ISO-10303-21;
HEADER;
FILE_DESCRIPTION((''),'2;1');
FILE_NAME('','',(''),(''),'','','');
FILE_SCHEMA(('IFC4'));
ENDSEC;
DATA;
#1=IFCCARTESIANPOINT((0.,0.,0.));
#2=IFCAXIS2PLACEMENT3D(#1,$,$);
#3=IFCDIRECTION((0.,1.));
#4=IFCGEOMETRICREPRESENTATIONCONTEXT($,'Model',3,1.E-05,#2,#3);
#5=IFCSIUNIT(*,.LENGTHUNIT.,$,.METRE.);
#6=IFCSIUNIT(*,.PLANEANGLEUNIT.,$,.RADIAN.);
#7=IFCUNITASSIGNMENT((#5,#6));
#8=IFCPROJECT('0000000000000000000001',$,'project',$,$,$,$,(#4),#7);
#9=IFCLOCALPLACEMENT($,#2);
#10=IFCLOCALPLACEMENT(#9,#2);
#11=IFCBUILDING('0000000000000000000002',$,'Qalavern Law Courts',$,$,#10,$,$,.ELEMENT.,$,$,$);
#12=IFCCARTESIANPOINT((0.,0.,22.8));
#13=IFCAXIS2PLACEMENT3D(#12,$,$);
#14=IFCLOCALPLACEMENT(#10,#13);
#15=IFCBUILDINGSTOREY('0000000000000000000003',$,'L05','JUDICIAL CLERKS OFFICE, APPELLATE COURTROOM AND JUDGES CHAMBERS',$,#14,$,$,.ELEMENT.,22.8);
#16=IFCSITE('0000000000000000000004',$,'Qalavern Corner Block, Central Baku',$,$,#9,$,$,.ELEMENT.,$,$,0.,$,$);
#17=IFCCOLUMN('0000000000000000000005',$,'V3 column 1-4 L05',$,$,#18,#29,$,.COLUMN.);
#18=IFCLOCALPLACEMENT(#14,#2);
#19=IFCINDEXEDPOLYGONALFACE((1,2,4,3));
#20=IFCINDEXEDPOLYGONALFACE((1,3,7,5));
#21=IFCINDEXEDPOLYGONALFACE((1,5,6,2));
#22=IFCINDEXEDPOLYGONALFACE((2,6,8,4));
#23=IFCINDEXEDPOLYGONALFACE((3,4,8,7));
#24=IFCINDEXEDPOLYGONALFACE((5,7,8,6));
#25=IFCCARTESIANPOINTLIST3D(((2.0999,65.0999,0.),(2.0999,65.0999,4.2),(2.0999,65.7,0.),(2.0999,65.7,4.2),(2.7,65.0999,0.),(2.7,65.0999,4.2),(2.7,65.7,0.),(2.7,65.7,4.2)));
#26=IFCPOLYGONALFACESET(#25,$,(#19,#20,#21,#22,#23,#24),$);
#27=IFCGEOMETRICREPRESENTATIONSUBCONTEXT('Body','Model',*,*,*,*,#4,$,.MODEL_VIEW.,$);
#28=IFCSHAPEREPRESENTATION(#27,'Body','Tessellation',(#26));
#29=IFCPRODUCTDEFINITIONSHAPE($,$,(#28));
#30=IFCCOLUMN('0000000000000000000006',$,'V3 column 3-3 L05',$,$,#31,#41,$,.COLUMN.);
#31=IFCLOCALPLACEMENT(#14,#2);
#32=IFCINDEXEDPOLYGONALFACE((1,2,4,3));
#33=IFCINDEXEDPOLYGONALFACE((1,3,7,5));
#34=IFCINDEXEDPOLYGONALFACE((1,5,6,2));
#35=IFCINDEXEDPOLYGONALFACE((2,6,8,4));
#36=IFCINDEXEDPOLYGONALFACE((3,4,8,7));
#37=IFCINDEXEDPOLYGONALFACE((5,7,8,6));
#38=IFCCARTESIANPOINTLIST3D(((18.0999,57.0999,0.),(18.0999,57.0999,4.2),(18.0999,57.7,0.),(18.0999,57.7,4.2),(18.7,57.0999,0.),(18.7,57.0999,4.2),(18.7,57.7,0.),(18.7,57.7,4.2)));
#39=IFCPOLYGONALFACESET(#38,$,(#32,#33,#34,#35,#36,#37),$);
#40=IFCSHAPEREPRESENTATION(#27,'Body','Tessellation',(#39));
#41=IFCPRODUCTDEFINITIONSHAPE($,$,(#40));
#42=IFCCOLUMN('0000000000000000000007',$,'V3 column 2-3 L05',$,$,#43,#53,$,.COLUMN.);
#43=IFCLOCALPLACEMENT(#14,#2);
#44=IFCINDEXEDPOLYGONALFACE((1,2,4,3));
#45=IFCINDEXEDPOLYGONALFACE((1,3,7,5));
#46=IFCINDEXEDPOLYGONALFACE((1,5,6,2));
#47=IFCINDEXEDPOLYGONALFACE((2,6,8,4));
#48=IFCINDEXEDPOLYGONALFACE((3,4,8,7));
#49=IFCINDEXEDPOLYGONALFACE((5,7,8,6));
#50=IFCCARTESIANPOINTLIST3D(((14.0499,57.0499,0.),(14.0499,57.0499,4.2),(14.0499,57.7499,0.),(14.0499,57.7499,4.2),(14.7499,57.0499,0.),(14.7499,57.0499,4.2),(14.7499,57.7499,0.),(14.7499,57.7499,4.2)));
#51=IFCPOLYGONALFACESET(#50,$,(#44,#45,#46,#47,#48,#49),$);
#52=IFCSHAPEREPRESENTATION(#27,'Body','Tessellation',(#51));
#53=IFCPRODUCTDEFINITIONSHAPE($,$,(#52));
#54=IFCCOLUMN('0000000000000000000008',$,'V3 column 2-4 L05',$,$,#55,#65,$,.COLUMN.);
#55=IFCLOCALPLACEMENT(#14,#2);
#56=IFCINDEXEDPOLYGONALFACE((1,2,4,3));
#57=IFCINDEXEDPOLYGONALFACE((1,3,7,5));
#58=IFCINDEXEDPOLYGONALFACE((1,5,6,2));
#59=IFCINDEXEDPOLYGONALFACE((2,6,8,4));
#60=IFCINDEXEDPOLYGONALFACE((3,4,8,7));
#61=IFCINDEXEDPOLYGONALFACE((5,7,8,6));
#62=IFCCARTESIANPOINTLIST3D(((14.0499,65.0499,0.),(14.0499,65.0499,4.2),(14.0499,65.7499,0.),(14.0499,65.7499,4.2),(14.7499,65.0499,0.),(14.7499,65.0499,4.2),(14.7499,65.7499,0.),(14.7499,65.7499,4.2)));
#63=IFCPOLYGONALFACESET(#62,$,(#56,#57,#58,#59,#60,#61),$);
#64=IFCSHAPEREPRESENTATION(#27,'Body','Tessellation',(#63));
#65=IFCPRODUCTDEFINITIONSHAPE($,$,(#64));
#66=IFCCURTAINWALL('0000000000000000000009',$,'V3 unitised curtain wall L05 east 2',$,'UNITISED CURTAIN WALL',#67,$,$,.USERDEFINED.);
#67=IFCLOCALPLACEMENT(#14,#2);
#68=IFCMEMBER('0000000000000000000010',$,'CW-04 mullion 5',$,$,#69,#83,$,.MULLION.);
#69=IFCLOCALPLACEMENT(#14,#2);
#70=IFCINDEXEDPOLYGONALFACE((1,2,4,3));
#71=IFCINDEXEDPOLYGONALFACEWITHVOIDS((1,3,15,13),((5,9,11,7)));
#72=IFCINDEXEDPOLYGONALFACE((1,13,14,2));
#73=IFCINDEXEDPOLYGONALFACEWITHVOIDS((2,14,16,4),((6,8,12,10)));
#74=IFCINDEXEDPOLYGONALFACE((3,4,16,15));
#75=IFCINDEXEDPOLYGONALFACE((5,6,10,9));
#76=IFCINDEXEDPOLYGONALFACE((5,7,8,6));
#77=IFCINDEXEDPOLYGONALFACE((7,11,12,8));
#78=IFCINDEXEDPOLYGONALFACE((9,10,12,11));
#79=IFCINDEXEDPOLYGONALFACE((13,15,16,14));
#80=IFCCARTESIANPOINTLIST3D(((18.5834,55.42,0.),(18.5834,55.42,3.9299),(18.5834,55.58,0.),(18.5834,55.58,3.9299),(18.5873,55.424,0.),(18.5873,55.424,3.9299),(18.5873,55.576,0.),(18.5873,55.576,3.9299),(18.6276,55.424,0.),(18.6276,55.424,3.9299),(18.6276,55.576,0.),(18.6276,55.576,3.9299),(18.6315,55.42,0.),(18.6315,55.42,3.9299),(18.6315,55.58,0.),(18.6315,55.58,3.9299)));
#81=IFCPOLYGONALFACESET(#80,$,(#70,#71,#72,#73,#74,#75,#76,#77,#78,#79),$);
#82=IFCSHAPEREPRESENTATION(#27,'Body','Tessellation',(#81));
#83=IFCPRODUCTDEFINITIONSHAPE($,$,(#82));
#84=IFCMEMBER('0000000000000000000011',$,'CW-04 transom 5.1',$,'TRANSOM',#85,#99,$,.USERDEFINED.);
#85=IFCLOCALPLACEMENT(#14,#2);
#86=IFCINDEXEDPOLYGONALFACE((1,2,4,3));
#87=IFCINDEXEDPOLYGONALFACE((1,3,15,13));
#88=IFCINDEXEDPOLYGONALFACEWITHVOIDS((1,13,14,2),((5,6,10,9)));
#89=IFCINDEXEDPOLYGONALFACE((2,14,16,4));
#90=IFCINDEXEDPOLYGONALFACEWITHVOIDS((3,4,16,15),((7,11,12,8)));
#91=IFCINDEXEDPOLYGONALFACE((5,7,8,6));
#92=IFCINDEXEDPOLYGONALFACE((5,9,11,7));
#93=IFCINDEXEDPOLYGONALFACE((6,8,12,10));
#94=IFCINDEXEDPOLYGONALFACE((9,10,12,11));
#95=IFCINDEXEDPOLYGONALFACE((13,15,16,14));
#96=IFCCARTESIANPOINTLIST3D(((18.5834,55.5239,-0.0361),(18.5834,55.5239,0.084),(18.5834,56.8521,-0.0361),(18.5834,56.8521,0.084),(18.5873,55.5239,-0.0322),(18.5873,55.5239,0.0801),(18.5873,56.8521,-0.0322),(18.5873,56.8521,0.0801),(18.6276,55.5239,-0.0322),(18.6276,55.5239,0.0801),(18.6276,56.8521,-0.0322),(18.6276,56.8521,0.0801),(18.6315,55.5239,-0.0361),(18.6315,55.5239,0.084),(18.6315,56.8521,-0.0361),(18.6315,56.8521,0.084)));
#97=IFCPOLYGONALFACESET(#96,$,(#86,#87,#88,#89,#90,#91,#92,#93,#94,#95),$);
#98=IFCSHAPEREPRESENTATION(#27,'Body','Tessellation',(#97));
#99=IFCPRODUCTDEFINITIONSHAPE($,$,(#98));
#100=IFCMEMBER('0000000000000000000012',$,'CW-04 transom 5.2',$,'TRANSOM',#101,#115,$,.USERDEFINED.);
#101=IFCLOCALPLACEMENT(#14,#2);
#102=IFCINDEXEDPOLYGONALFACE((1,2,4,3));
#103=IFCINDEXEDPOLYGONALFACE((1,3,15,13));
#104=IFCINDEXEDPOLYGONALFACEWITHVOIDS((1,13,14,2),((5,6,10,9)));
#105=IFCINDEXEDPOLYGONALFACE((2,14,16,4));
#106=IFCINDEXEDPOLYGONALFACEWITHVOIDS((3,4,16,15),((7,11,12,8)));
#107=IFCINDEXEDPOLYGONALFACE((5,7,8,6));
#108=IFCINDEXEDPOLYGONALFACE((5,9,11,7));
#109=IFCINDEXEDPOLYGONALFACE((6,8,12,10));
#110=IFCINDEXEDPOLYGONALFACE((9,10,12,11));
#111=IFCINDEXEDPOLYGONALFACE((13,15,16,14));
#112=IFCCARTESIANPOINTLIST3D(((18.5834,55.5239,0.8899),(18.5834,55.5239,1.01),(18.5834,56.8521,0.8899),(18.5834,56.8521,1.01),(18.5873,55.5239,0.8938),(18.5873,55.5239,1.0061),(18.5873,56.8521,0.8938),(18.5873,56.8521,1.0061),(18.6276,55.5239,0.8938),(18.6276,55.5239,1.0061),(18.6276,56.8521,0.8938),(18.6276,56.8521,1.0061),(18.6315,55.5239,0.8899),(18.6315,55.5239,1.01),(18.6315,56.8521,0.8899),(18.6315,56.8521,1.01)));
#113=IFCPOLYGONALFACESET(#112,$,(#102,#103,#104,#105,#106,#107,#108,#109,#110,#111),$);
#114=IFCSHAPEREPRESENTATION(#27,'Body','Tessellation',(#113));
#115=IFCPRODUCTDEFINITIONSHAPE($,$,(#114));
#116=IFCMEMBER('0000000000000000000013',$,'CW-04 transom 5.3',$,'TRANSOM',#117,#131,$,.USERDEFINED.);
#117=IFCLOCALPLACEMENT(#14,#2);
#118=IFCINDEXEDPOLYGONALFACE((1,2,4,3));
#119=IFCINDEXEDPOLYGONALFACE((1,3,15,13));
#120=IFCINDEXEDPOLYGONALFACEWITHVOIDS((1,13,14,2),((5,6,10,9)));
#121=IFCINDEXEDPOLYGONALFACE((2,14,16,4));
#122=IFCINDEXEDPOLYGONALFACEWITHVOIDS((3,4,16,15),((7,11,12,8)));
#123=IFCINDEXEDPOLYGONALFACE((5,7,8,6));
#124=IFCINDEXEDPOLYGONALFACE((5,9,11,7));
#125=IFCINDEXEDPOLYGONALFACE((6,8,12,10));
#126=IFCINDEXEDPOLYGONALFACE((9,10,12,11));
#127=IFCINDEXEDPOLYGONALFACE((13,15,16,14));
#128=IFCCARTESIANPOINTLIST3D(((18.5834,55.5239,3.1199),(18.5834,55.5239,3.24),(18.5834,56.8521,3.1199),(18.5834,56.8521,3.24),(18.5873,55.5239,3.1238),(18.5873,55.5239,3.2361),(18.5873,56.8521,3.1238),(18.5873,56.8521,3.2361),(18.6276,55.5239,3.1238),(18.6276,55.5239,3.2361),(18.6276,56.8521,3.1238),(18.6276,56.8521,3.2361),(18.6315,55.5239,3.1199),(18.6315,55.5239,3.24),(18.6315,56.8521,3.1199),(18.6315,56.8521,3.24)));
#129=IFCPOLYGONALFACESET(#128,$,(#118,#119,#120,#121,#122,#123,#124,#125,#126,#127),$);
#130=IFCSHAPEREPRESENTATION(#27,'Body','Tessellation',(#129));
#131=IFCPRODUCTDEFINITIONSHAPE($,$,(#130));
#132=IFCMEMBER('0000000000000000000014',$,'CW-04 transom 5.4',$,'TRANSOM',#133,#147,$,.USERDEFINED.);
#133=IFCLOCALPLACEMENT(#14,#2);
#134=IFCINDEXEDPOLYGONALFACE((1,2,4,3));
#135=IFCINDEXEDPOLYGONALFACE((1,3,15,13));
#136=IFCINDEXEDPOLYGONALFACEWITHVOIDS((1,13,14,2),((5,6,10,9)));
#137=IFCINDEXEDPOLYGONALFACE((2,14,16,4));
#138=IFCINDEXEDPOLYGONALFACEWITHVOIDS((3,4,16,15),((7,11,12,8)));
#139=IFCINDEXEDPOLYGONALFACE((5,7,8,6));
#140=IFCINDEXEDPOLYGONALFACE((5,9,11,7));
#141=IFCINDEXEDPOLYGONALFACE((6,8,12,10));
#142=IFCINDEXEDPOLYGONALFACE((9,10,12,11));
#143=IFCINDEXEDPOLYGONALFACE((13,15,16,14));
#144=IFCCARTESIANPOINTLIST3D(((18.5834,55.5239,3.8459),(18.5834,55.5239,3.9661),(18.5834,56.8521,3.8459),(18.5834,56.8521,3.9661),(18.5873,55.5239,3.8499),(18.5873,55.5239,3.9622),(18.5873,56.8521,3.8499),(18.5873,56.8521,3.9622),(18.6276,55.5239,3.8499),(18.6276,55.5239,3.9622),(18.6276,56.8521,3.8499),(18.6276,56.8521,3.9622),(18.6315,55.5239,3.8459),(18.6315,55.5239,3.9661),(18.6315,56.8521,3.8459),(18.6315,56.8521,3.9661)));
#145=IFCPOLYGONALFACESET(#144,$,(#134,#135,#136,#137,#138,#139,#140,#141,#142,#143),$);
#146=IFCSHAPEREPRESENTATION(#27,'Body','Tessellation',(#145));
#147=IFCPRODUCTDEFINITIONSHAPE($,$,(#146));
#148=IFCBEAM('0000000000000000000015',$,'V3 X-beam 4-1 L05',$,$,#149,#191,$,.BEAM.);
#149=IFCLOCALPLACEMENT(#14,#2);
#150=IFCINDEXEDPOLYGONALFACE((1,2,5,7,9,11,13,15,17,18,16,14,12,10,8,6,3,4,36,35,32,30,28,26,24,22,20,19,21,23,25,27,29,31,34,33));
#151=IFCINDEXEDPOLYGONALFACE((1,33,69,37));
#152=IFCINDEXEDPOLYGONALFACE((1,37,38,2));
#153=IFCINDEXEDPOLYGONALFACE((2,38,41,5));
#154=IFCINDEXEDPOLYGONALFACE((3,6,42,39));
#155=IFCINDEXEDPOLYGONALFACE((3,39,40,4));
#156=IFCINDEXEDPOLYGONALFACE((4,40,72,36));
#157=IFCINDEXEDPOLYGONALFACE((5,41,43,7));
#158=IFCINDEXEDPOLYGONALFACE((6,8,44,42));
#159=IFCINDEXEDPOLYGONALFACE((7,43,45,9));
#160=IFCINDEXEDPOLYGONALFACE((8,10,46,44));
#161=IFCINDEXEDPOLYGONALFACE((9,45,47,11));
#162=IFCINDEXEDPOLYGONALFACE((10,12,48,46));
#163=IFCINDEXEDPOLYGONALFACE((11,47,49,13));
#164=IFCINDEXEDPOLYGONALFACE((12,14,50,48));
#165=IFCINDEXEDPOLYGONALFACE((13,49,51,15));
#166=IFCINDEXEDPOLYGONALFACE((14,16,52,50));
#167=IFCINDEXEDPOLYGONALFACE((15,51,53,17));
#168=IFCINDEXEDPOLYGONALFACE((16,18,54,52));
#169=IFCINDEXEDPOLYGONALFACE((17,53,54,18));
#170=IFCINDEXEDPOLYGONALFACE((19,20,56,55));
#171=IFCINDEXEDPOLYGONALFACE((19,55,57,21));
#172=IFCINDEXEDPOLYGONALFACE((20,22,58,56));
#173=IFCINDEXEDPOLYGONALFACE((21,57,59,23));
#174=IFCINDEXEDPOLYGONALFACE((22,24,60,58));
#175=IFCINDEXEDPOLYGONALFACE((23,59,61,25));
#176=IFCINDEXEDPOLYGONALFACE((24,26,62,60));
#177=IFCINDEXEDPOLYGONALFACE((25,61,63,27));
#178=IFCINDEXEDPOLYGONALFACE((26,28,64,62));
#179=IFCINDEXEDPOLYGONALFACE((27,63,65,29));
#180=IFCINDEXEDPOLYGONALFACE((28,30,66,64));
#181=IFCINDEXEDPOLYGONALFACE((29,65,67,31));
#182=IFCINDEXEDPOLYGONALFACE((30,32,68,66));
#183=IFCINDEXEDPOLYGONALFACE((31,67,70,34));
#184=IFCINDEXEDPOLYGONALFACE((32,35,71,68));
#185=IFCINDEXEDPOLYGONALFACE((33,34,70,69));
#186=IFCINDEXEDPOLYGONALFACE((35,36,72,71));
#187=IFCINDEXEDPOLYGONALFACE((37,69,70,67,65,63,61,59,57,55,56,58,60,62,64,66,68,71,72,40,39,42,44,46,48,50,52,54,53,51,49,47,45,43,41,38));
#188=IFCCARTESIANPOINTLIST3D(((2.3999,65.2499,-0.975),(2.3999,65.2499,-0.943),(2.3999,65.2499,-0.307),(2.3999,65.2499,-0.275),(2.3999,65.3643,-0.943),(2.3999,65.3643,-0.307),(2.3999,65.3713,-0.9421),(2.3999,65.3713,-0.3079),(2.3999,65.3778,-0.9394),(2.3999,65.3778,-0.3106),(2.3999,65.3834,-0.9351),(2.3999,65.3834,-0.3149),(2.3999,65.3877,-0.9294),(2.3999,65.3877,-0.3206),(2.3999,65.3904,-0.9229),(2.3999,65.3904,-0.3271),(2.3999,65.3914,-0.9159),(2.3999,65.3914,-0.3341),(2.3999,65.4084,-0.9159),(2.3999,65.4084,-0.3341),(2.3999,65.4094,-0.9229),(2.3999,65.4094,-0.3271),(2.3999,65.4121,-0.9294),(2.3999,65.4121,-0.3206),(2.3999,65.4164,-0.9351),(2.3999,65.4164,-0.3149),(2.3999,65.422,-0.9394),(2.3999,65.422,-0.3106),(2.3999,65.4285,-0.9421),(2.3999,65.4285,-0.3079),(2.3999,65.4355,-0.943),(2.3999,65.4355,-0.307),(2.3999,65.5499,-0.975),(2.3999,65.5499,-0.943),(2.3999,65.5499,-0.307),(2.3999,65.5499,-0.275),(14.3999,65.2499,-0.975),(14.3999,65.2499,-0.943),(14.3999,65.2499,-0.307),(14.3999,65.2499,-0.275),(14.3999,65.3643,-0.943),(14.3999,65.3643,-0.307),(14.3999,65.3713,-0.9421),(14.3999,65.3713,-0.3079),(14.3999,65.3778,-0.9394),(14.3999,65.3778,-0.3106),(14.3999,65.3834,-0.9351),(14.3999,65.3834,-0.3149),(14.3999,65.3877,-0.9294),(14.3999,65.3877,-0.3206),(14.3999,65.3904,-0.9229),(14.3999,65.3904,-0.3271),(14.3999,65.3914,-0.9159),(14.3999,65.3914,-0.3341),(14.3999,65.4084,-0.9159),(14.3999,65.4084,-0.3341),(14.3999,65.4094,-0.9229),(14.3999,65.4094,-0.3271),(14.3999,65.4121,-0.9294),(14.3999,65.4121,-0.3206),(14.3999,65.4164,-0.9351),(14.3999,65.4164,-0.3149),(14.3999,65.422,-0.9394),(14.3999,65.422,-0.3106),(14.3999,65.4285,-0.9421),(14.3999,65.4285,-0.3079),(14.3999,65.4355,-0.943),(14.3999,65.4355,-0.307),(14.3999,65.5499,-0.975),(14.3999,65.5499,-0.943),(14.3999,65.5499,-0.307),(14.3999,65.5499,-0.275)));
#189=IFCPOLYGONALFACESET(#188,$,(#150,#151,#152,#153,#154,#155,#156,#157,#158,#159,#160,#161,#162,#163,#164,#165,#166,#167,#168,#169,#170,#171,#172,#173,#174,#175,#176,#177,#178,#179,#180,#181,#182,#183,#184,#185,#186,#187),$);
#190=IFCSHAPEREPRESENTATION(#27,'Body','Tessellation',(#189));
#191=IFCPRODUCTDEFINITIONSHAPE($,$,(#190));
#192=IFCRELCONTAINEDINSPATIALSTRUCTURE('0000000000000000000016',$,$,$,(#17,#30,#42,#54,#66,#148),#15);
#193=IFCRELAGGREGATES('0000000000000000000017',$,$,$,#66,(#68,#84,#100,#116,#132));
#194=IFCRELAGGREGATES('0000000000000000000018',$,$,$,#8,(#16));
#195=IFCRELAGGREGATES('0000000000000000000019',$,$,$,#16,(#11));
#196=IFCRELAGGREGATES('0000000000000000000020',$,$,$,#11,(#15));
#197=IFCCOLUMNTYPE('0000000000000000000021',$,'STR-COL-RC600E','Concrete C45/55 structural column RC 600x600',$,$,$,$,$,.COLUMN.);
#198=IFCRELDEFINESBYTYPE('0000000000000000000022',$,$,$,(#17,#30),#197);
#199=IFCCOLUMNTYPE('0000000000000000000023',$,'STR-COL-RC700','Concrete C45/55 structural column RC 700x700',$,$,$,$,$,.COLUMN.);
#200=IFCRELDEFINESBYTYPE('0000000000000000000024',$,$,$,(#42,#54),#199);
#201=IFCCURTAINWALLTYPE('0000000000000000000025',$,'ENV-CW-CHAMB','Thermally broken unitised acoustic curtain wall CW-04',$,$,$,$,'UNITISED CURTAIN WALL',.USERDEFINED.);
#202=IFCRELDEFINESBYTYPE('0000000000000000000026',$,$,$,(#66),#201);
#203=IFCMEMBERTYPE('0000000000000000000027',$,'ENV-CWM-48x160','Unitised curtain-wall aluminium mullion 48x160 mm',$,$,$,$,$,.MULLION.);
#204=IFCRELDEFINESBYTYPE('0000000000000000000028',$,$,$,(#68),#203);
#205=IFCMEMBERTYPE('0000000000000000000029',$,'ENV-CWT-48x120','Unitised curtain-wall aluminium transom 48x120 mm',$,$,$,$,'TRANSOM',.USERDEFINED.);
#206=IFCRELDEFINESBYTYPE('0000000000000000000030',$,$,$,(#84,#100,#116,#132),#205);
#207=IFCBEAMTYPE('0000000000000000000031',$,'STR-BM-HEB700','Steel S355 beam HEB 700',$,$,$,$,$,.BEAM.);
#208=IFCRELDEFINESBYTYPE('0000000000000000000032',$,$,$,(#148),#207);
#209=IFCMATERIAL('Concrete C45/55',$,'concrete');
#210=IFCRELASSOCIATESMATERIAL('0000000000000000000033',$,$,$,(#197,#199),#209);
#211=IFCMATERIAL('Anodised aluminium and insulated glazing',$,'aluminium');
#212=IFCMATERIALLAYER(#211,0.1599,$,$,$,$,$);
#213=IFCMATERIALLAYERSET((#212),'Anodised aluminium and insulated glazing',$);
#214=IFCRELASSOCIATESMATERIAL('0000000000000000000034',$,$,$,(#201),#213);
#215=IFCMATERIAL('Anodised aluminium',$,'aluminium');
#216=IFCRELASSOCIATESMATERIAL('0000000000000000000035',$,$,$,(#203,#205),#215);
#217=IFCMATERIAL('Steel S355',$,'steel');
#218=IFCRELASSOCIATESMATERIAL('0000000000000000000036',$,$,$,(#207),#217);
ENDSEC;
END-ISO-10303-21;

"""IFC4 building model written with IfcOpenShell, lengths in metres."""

from ifc_helpers import new_model, si_unit, direction, frame, origin, origin_2d, place, context, subcontext, project, spatial, rectangle, hollow_rectangle, i_section, extrude, material, layer, layer_set, material_profile, profile_set, type_object, element, aggregate, save


model = new_model("IFC4")

# Units and contexts
model_context = context("Model", 3, precision=1e-05, world=origin(), true_north=direction((0.0, 1.0)))
body_context = subcontext(model_context, "Body", "Model", "MODEL_VIEW")
ifc_project = project(units=[si_unit("LENGTHUNIT", "METRE"), si_unit("PLANEANGLEUNIT", "RADIAN")], contexts=[model_context])

# Site, building, storey
site_placement = place(None, origin())
site = spatial("IfcSite", under=ifc_project, at=site_placement, Name="Qalavern Corner Block, Central Baku", CompositionType="ELEMENT", RefElevation=0.0)
building_placement = place(site_placement, origin())
building = spatial("IfcBuilding", under=site, at=building_placement, Name="Qalavern Law Courts", CompositionType="ELEMENT")
storey_placement = place(building_placement, frame((0.0, 0.0, 22.8)))
storey = spatial("IfcBuildingStorey", under=building, at=storey_placement, Name="L05", Description="JUDICIAL CLERKS OFFICE, APPELLATE COURTROOM AND JUDGES CHAMBERS", CompositionType="ELEMENT", Elevation=22.8)

# Columns
ifc_material_1 = material(Name="Concrete C45/55", Category="concrete")
ifc_material_profile_1 = material_profile(ifc_material_1, rectangle(XDim=0.6001, YDim=0.6001, at=origin_2d()), Name="RC 600x600")
ifc_profile_set_1 = profile_set([ifc_material_profile_1], Name="Concrete C45/55")
column_type_1 = type_object("IfcColumnType", Name="STR-COL-RC600E", Description="Concrete C45/55 structural column RC 600x600", PredefinedType="COLUMN", material=ifc_profile_set_1)
for number, where, z_axis, x_axis, name in (
    (1, (2.3999, 65.3999, 0.0), (0.0, 0.0, 1.0), (1.0, 0.0, 0.0), "V3 column 1-4 L05"),
    (2, (18.3999, 57.3999, 0.0), (0.0, 0.0, 1.0), (1.0, 0.0, 0.0), "V3 column 3-3 L05"),
):
    element("IfcColumn", number, at=place(storey_placement, frame(where, z_axis=z_axis, x_axis=x_axis)), inside=storey, type_object=column_type_1, Name=name, PredefinedType="COLUMN", context=body_context, shape_type="SweptSolid", body=[
        extrude(rectangle(XDim=0.6001, YDim=0.6001, at=origin_2d()), origin(), (0.0, 0.0, 1.0), 4.2),
    ])
ifc_material_profile_2 = material_profile(ifc_material_1, rectangle(XDim=0.7, YDim=0.7, at=origin_2d()), Name="RC 700x700")
ifc_profile_set_2 = profile_set([ifc_material_profile_2], Name="Concrete C45/55")
column_type_2 = type_object("IfcColumnType", Name="STR-COL-RC700", Description="Concrete C45/55 structural column RC 700x700", PredefinedType="COLUMN", material=ifc_profile_set_2)
for number, where, z_axis, x_axis, name in (
    (3, (14.3999, 57.3999, 0.0), (0.0, 0.0, 1.0), (1.0, 0.0, 0.0), "V3 column 2-3 L05"),
    (4, (14.3999, 65.3999, 0.0), (0.0, 0.0, 1.0), (1.0, 0.0, 0.0), "V3 column 2-4 L05"),
):
    element("IfcColumn", number, at=place(storey_placement, frame(where, z_axis=z_axis, x_axis=x_axis)), inside=storey, type_object=column_type_2, Name=name, PredefinedType="COLUMN", context=body_context, shape_type="SweptSolid", body=[
        extrude(rectangle(XDim=0.7, YDim=0.7, at=origin_2d()), origin(), (0.0, 0.0, 1.0), 4.2),
    ])

# Curtain wall, members
ifc_material_2 = material(Name="Anodised aluminium and insulated glazing", Category="aluminium")
ifc_layer_1 = layer(ifc_material_2, 0.1599)
ifc_layer_set_1 = layer_set([ifc_layer_1], Name="Anodised aluminium and insulated glazing")
curtain_wall_type = type_object("IfcCurtainWallType", Name="ENV-CW-CHAMB", Description="Thermally broken unitised acoustic curtain wall CW-04", ElementType="UNITISED CURTAIN WALL", PredefinedType="USERDEFINED", material=ifc_layer_set_1)
curtain_wall_placement = place(storey_placement, origin())
curtain_wall = element("IfcCurtainWall", 5, at=curtain_wall_placement, inside=storey, type_object=curtain_wall_type, Name="V3 unitised curtain wall L05 east 2", ObjectType="UNITISED CURTAIN WALL", PredefinedType="USERDEFINED")
ifc_material_3 = material(Name="Anodised aluminium", Category="aluminium")
ifc_material_profile_3 = material_profile(ifc_material_3, hollow_rectangle(XDim=0.0481, YDim=0.1599, WallThickness=0.0039, at=origin_2d()), Name="ALU MULLION 48x160")
ifc_profile_set_3 = profile_set([ifc_material_profile_3], Name="Anodised aluminium")
member_type_1 = type_object("IfcMemberType", Name="ENV-CWM-48x160", Description="Unitised curtain-wall aluminium mullion 48x160 mm", PredefinedType="MULLION", material=ifc_profile_set_3)
member_1_placement = place(storey_placement, frame((18.6074, 55.5, 0.0), z_axis=(0.0, 0.0, 1.0), x_axis=(-1.0, 0.0, 0.0)))
member_1 = element("IfcMember", 6, at=member_1_placement, type_object=member_type_1, Name="CW-04 mullion 5", PredefinedType="MULLION", context=body_context, shape_type="SweptSolid", body=[
    extrude(hollow_rectangle(XDim=0.0481, YDim=0.1599, WallThickness=0.0039, at=origin_2d()), origin(), (0.0, 0.0, 1.0), 3.9299),
])
ifc_material_profile_4 = material_profile(ifc_material_3, hollow_rectangle(XDim=0.0481, YDim=0.1201, WallThickness=0.0039, at=origin_2d()), Name="ALU TRANSOM 48x120")
ifc_profile_set_4 = profile_set([ifc_material_profile_4], Name="Anodised aluminium")
member_type_2 = type_object("IfcMemberType", Name="ENV-CWT-48x120", Description="Unitised curtain-wall aluminium transom 48x120 mm", ElementType="TRANSOM", PredefinedType="USERDEFINED", material=ifc_profile_set_4)
member_2_placement = place(storey_placement, frame((18.6074, 55.5239, 0.0239), z_axis=(0.0, 1.0, 0.0), x_axis=(-1.0, 0.0, 0.0)))
member_2 = element("IfcMember", 7, at=member_2_placement, type_object=member_type_2, Name="CW-04 transom 5.1", ObjectType="TRANSOM", PredefinedType="USERDEFINED", context=body_context, shape_type="SweptSolid", body=[
    extrude(hollow_rectangle(XDim=0.0481, YDim=0.1201, WallThickness=0.0039, at=origin_2d()), origin(), (0.0, 0.0, 1.0), 1.3281),
])
member_3_placement = place(storey_placement, frame((18.6074, 55.5239, 0.95), z_axis=(0.0, 1.0, 0.0), x_axis=(-1.0, 0.0, 0.0)))
member_3 = element("IfcMember", 8, at=member_3_placement, type_object=member_type_2, Name="CW-04 transom 5.2", ObjectType="TRANSOM", PredefinedType="USERDEFINED", context=body_context, shape_type="SweptSolid", body=[
    extrude(hollow_rectangle(XDim=0.0481, YDim=0.1201, WallThickness=0.0039, at=origin_2d()), origin(), (0.0, 0.0, 1.0), 1.3281),
])
member_4_placement = place(storey_placement, frame((18.6074, 55.5239, 3.1799), z_axis=(0.0, 1.0, 0.0), x_axis=(-1.0, 0.0, 0.0)))
member_4 = element("IfcMember", 9, at=member_4_placement, type_object=member_type_2, Name="CW-04 transom 5.3", ObjectType="TRANSOM", PredefinedType="USERDEFINED", context=body_context, shape_type="SweptSolid", body=[
    extrude(hollow_rectangle(XDim=0.0481, YDim=0.1201, WallThickness=0.0039, at=origin_2d()), origin(), (0.0, 0.0, 1.0), 1.3281),
])
member_5_placement = place(storey_placement, frame((18.6074, 55.5239, 3.906), z_axis=(0.0, 1.0, 0.0), x_axis=(-1.0, 0.0, 0.0)))
member_5 = element("IfcMember", 10, at=member_5_placement, type_object=member_type_2, Name="CW-04 transom 5.4", ObjectType="TRANSOM", PredefinedType="USERDEFINED", context=body_context, shape_type="SweptSolid", body=[
    extrude(hollow_rectangle(XDim=0.0481, YDim=0.1201, WallThickness=0.0039, at=origin_2d()), origin(), (0.0, 0.0, 1.0), 1.3281),
])

# Beam
ifc_material_4 = material(Name="Steel S355", Category="steel")
ifc_material_profile_5 = material_profile(ifc_material_4, i_section(OverallWidth=0.3, OverallDepth=0.7, WebThickness=0.0171, FlangeThickness=0.032, FilletRadius=0.0271, at=origin_2d()), Name="HEB 700")
ifc_profile_set_5 = profile_set([ifc_material_profile_5], Name="Steel S355")
beam_type_1 = type_object("IfcBeamType", Name="STR-BM-HEB700", Description="Steel S355 beam HEB 700", PredefinedType="BEAM", material=ifc_profile_set_5)
beam_1_placement = place(storey_placement, frame((2.3999, 65.3999, -0.625), z_axis=(1.0, 0.0, 0.0), x_axis=(0.0, 1.0, 0.0)))
element("IfcBeam", 11, at=beam_1_placement, inside=storey, type_object=beam_type_1, Name="V3 X-beam 4-1 L05", PredefinedType="BEAM", context=body_context, shape_type="SweptSolid", body=[
    extrude(i_section(OverallWidth=0.3, OverallDepth=0.7, WebThickness=0.0171, FlangeThickness=0.032, FilletRadius=0.0271, at=origin_2d()), origin(), (0.0, 0.0, 1.0), 12.0),
])

aggregate(curtain_wall, [member_1, member_2, member_3, member_4, member_5])

save(model, "model.ifc")
